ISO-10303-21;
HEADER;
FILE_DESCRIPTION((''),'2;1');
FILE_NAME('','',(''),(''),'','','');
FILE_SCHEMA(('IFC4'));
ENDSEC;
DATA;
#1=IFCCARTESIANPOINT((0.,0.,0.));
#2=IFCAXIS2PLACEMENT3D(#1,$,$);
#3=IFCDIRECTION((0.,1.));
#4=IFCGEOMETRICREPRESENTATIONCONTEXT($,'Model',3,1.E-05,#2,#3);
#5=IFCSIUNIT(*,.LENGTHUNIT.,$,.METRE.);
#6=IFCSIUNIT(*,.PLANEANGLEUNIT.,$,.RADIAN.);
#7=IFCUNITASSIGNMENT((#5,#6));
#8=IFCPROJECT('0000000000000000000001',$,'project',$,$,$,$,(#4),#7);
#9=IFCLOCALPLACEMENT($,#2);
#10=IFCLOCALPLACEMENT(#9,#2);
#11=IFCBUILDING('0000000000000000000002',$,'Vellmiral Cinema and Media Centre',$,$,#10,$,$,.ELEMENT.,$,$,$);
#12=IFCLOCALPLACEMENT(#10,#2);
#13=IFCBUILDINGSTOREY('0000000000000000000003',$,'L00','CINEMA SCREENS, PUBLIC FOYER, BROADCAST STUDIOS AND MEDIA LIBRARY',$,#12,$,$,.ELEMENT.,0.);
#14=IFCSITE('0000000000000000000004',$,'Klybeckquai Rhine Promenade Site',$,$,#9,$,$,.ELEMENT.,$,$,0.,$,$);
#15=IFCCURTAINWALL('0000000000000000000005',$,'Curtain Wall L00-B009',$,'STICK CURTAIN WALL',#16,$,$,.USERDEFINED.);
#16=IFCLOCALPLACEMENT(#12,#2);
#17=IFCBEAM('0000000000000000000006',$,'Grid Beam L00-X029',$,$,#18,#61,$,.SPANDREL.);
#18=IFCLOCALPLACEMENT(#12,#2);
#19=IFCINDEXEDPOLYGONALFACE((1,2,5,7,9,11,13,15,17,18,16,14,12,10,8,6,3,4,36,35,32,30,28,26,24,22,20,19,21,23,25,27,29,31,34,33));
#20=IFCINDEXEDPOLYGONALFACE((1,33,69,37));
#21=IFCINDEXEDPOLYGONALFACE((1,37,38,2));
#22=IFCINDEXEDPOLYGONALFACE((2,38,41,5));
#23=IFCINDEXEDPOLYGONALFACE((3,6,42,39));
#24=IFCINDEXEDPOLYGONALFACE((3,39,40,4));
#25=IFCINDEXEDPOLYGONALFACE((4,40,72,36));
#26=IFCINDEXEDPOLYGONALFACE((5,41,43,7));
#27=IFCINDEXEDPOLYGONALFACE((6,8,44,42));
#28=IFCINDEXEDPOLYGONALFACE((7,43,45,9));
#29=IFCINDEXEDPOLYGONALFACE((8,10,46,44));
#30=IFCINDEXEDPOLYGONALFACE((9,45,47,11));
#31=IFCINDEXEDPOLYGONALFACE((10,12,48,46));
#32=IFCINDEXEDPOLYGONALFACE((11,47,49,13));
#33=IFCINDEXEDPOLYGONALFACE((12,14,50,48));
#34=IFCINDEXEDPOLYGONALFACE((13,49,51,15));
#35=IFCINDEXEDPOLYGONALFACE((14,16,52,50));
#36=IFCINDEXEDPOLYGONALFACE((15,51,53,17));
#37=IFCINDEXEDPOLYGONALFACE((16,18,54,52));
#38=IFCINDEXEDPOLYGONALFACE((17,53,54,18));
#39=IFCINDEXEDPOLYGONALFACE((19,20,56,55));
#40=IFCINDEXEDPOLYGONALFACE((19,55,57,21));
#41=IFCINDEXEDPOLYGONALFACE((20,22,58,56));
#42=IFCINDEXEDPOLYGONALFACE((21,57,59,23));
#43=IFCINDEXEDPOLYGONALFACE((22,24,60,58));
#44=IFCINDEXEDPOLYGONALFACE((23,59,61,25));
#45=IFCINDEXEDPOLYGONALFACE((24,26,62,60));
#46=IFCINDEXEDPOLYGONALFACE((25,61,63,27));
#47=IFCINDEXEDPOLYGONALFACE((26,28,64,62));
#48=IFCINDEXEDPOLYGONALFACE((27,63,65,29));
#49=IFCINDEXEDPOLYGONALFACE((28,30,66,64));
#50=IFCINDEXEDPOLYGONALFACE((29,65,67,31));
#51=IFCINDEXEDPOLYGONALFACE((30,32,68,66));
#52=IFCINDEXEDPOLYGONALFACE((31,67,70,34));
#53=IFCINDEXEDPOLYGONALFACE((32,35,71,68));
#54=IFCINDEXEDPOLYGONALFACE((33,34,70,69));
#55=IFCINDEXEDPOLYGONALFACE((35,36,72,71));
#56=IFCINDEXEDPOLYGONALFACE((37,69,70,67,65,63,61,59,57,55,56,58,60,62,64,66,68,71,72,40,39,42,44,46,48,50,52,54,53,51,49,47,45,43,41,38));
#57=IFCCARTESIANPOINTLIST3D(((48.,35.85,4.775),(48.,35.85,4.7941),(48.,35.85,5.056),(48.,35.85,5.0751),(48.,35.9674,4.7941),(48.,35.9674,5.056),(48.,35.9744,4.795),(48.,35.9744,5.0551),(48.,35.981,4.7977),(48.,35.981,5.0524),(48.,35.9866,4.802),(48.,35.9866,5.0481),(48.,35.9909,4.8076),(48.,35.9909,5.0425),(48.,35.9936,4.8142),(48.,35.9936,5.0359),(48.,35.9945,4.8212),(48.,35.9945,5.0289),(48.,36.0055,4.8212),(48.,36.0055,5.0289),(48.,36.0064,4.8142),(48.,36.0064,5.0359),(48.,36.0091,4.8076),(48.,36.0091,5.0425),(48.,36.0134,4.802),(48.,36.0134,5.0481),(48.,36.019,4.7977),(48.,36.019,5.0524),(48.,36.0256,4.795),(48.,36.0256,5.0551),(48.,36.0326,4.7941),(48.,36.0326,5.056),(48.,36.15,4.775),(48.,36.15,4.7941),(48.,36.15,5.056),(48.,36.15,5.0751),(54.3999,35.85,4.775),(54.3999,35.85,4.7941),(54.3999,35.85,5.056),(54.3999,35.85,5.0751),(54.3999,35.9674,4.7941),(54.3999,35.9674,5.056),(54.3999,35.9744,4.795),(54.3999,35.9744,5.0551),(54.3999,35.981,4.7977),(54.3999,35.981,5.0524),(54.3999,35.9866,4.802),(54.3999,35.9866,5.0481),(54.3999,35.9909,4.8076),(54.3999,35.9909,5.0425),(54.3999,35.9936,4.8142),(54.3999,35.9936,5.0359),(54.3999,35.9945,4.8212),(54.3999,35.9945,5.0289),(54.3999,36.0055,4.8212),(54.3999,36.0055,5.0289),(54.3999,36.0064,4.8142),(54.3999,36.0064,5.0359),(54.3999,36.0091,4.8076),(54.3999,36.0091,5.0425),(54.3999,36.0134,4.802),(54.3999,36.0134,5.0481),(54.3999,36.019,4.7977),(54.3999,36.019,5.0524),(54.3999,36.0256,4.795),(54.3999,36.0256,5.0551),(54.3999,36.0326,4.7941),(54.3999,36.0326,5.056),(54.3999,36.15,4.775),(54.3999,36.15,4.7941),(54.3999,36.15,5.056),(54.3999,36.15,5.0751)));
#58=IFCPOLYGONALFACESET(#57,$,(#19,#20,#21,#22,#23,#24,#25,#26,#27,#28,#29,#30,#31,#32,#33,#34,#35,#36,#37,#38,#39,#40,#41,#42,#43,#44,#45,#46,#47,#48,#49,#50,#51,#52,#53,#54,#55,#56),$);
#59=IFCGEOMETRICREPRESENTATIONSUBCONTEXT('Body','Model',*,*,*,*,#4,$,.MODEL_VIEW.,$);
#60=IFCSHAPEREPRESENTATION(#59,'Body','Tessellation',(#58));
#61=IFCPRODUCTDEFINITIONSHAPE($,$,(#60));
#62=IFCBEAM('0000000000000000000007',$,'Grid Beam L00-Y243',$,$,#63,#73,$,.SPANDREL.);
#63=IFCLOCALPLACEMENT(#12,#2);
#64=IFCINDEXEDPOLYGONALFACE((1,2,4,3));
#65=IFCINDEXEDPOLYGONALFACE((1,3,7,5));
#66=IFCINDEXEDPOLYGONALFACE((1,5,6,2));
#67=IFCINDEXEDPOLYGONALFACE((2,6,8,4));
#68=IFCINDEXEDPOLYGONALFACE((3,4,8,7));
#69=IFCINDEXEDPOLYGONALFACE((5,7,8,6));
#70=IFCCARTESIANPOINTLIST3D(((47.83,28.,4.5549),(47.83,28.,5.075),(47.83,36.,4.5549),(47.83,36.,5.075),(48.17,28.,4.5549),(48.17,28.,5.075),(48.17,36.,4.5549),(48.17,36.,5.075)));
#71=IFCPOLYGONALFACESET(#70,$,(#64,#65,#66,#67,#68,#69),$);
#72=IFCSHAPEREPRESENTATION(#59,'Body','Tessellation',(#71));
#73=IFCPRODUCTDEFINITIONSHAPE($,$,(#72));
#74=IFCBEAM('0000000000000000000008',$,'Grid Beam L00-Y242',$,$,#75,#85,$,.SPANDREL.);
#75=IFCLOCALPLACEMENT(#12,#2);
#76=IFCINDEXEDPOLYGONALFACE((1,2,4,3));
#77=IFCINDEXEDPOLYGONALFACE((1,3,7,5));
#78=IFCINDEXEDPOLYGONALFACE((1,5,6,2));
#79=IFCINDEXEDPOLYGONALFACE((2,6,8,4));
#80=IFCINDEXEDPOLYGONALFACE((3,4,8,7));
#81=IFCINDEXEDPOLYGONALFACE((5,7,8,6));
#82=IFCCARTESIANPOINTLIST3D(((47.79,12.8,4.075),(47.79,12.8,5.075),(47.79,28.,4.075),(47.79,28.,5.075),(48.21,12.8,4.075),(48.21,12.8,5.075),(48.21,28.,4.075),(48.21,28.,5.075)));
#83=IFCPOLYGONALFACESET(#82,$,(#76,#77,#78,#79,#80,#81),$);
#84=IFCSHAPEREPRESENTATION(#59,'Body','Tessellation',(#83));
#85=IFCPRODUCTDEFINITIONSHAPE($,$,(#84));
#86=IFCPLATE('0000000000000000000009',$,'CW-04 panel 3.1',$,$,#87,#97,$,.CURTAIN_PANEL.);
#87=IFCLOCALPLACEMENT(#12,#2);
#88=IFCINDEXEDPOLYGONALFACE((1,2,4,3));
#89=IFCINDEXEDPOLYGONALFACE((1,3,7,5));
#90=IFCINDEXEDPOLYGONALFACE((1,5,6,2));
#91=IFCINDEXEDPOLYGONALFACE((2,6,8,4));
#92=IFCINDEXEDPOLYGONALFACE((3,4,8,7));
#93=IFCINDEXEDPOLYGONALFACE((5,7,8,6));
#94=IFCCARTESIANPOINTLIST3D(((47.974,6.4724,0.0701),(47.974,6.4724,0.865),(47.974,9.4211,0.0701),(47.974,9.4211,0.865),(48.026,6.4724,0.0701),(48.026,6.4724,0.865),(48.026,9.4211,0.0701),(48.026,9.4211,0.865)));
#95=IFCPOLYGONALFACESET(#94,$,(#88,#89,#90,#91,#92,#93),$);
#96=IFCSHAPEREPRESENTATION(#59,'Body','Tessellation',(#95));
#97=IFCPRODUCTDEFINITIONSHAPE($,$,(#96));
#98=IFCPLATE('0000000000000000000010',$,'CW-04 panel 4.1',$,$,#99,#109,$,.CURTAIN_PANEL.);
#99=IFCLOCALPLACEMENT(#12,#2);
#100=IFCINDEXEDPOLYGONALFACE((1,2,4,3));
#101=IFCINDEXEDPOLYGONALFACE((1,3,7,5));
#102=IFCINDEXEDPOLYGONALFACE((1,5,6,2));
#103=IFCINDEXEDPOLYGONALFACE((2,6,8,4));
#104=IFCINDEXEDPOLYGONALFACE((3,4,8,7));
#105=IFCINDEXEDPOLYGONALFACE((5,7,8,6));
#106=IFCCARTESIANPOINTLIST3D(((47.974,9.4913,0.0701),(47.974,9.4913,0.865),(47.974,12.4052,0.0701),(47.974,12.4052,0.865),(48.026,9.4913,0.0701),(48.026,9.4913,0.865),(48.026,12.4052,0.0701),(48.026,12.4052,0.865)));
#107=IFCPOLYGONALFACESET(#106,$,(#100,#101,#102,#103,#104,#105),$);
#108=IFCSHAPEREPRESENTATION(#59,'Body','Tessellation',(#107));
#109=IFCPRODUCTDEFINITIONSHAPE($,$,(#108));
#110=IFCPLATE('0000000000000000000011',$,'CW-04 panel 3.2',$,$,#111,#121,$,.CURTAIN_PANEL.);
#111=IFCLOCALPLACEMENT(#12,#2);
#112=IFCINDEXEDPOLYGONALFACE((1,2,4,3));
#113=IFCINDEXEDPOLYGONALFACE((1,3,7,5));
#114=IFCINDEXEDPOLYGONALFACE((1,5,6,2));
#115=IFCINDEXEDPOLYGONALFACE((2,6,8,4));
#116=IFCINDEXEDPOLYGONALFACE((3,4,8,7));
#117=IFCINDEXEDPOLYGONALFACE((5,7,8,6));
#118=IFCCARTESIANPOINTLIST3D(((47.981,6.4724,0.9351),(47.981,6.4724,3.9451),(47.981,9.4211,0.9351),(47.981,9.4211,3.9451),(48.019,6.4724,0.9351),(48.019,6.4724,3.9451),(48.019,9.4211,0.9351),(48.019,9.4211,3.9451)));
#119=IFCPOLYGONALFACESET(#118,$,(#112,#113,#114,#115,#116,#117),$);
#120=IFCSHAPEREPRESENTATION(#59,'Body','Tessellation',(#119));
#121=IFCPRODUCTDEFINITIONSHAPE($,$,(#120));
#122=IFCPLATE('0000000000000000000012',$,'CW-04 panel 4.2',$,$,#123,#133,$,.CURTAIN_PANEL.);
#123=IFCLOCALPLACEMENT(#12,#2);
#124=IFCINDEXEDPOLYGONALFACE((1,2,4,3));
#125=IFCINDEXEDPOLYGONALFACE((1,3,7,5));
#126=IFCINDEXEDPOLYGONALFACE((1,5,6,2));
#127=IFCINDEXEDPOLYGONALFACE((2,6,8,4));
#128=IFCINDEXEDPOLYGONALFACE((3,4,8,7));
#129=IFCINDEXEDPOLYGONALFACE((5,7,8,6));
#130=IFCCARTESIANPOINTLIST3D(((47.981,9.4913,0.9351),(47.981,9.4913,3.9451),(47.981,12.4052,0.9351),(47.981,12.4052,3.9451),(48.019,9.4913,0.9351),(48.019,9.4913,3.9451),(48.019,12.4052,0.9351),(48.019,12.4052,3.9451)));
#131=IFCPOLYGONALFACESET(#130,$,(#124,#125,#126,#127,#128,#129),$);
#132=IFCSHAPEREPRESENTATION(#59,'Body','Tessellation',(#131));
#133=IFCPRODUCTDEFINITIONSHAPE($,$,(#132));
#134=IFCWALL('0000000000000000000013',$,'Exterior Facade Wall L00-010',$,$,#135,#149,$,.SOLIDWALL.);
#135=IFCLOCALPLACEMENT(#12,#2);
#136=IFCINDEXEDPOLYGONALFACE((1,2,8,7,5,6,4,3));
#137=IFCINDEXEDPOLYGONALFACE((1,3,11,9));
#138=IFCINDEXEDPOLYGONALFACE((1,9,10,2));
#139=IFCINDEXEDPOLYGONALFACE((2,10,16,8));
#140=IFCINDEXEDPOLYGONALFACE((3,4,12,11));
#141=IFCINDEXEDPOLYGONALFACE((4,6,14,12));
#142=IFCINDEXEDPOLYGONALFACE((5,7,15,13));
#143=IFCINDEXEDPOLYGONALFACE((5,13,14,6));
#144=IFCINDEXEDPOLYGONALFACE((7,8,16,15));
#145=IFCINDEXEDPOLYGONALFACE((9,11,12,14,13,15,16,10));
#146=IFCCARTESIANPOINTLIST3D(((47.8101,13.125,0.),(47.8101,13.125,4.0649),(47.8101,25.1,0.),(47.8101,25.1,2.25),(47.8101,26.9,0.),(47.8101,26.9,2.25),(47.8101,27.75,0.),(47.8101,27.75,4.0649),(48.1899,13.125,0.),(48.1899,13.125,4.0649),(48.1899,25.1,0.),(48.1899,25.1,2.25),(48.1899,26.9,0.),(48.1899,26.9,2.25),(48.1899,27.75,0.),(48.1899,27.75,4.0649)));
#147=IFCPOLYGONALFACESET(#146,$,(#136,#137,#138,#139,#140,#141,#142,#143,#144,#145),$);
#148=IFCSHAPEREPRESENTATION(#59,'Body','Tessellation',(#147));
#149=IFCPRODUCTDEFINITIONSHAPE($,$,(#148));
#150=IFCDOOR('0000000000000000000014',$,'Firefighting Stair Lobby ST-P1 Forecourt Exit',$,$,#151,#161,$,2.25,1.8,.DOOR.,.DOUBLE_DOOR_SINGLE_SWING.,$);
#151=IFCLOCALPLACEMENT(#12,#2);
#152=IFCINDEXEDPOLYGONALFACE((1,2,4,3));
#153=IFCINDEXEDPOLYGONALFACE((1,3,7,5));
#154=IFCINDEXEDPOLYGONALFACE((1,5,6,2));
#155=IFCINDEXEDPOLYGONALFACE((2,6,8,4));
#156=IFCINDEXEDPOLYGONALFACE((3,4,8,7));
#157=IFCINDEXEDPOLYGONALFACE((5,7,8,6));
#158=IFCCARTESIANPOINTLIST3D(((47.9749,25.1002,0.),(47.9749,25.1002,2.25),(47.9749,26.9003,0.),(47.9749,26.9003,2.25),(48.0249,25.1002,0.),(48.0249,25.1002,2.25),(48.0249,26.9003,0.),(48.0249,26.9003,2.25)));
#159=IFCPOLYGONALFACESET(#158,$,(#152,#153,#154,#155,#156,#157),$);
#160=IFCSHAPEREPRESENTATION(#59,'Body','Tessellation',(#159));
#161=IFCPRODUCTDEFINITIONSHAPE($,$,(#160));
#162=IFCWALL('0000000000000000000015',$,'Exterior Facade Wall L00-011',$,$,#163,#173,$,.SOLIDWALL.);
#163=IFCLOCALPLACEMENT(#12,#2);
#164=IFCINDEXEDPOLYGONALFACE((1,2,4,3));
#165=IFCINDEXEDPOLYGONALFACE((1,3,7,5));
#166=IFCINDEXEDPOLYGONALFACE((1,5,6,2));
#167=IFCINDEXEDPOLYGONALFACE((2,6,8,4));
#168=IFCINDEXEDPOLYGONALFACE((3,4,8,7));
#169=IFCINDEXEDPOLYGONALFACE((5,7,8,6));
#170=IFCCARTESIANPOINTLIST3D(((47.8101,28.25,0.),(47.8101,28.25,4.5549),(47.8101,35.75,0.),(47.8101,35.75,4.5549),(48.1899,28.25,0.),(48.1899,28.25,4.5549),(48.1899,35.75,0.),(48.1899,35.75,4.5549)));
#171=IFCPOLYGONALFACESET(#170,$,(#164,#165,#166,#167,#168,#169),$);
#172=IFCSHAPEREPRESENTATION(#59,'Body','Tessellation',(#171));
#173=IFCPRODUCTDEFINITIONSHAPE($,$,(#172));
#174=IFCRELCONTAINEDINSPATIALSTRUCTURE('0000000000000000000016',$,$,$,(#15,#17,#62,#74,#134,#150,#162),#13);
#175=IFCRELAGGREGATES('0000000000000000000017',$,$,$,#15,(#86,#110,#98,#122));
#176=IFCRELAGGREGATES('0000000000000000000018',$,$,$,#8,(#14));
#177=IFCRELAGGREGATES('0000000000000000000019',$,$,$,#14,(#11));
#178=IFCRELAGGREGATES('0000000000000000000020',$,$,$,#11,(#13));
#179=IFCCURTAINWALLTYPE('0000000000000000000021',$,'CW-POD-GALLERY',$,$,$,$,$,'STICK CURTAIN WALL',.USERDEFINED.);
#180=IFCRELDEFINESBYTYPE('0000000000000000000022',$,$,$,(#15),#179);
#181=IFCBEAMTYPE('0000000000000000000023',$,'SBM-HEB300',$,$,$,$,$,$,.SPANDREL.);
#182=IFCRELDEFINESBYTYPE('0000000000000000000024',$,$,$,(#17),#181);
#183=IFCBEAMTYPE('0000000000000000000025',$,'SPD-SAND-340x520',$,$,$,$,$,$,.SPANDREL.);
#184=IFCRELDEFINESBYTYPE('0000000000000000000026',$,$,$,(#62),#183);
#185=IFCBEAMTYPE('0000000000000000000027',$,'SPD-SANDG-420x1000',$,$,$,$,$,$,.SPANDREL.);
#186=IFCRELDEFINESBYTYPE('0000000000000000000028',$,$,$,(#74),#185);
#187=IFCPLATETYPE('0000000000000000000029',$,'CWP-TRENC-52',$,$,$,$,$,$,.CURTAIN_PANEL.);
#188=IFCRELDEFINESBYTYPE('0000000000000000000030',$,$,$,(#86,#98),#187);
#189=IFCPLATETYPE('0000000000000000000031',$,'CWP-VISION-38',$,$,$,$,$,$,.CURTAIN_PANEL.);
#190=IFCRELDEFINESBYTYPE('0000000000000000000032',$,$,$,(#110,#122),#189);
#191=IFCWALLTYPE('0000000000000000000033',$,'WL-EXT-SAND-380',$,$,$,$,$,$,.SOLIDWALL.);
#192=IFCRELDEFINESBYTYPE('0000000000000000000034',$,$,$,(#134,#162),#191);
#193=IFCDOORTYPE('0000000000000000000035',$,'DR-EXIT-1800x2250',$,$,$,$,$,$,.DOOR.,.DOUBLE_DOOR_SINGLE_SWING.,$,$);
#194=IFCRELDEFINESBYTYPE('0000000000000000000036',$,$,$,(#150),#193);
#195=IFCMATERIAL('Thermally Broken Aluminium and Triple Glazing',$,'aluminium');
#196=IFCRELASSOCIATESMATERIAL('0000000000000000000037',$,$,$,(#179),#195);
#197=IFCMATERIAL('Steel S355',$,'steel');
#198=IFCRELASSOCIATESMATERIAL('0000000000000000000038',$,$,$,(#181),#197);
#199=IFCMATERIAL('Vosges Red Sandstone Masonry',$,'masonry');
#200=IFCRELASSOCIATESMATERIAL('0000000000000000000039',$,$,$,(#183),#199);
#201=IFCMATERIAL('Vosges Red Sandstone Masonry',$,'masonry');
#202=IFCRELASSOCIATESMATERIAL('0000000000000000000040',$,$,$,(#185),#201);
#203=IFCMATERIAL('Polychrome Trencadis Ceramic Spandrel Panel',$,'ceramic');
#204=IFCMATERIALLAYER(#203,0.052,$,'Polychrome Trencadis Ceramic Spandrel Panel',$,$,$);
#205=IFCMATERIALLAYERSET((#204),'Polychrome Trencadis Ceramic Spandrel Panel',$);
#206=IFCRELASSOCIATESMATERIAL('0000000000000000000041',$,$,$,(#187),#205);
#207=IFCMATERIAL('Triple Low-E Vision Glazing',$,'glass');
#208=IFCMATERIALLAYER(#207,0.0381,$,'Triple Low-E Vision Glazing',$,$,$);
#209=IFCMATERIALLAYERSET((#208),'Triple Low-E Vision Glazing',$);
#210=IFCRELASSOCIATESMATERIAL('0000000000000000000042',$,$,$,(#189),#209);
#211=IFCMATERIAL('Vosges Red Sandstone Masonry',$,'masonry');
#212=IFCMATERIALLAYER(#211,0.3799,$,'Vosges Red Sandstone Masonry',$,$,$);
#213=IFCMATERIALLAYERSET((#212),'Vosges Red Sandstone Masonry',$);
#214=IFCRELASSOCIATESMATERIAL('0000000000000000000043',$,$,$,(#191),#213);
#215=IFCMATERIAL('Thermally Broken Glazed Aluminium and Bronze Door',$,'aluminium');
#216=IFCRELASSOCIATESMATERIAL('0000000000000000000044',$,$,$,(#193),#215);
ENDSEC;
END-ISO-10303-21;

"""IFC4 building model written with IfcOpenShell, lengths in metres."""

from ifc_helpers import new_model, si_unit, direction, frame, frame_2d, origin, origin_2d, place, context, subcontext, project, spatial, rectangle, i_section, extrude, material, layer, layer_set, material_profile, profile_set, type_object, element, fill, aggregate, save


model = new_model("IFC4")

# Units and contexts
model_context = context("Model", 3, precision=1e-05, world=origin(), true_north=direction((0.0, 1.0)))
body_context = subcontext(model_context, "Body", "Model", "MODEL_VIEW")
ifc_project = project(units=[si_unit("LENGTHUNIT", "METRE"), si_unit("PLANEANGLEUNIT", "RADIAN")], contexts=[model_context])

# Site, building, storey
site_placement = place(None, origin())
site = spatial("IfcSite", under=ifc_project, at=site_placement, Name="Klybeckquai Rhine Promenade Site", CompositionType="ELEMENT", RefElevation=0.0)
building_placement = place(site_placement, origin())
building = spatial("IfcBuilding", under=site, at=building_placement, Name="Vellmiral Cinema and Media Centre", CompositionType="ELEMENT")
storey_placement = place(building_placement, origin())
storey = spatial("IfcBuildingStorey", under=building, at=storey_placement, Name="L00", Description="CINEMA SCREENS, PUBLIC FOYER, BROADCAST STUDIOS AND MEDIA LIBRARY", CompositionType="ELEMENT", Elevation=0.0)

# Curtain wall
ifc_material_1 = material(Name="Thermally Broken Aluminium and Triple Glazing", Category="aluminium")
curtain_wall_type = type_object("IfcCurtainWallType", Name="CW-POD-GALLERY", ElementType="STICK CURTAIN WALL", PredefinedType="USERDEFINED", material=ifc_material_1)
curtain_wall_placement = place(storey_placement, origin())
curtain_wall = element("IfcCurtainWall", 1, at=curtain_wall_placement, inside=storey, type_object=curtain_wall_type, Name="Curtain Wall L00-B009", ObjectType="STICK CURTAIN WALL", PredefinedType="USERDEFINED")

# Beams
ifc_material_2 = material(Name="Steel S355", Category="steel")
ifc_material_profile_1 = material_profile(ifc_material_2, i_section(OverallWidth=0.3, OverallDepth=0.3, WebThickness=0.011, FlangeThickness=0.019, FilletRadius=0.0271, at=origin_2d()), Name="HEB 300")
ifc_profile_set_1 = profile_set([ifc_material_profile_1], Name="Steel S355")
beam_type_1 = type_object("IfcBeamType", Name="SBM-HEB300", PredefinedType="SPANDREL", material=ifc_profile_set_1)
beam_1_placement = place(storey_placement, frame((48.0, 36.0, 4.925), z_axis=(1.0, 0.0, 0.0), x_axis=(0.0, 1.0, 0.0)))
element("IfcBeam", 2, at=beam_1_placement, inside=storey, type_object=beam_type_1, Name="Grid Beam L00-X029", PredefinedType="SPANDREL", context=body_context, shape_type="SweptSolid", body=[
    extrude(i_section(OverallWidth=0.3, OverallDepth=0.3, WebThickness=0.011, FlangeThickness=0.019, FilletRadius=0.0271, at=origin_2d()), origin(), (0.0, 0.0, 1.0), 6.3999),
])
ifc_material_3 = material(Name="Vosges Red Sandstone Masonry", Category="masonry")
ifc_material_profile_2 = material_profile(ifc_material_3, rectangle(XDim=0.3401, YDim=0.52, at=origin_2d()), Name="SAND 340x520")
ifc_profile_set_2 = profile_set([ifc_material_profile_2], Name="Vosges Red Sandstone Masonry")
beam_type_2 = type_object("IfcBeamType", Name="SPD-SAND-340x520", PredefinedType="SPANDREL", material=ifc_profile_set_2)
beam_2_placement = place(storey_placement, frame((48.0, 28.0, 4.8149), z_axis=(0.0, 1.0, 0.0), x_axis=(-1.0, 0.0, 0.0)))
element("IfcBeam", 3, at=beam_2_placement, inside=storey, type_object=beam_type_2, Name="Grid Beam L00-Y243", PredefinedType="SPANDREL", context=body_context, shape_type="SweptSolid", body=[
    extrude(rectangle(XDim=0.3401, YDim=0.52, at=origin_2d()), origin(), (0.0, 0.0, 1.0), 8.0),
])
ifc_material_4 = material(Name="Vosges Red Sandstone Masonry", Category="masonry")
ifc_material_profile_3 = material_profile(ifc_material_4, rectangle(XDim=0.4199, YDim=1.0, at=origin_2d()), Name="SAND 420x1000")
ifc_profile_set_3 = profile_set([ifc_material_profile_3], Name="Vosges Red Sandstone Masonry")
beam_type_3 = type_object("IfcBeamType", Name="SPD-SANDG-420x1000", PredefinedType="SPANDREL", material=ifc_profile_set_3)
beam_3_placement = place(storey_placement, frame((48.0, 12.8, 4.575), z_axis=(0.0, 1.0, 0.0), x_axis=(-1.0, 0.0, 0.0)))
element("IfcBeam", 4, at=beam_3_placement, inside=storey, type_object=beam_type_3, Name="Grid Beam L00-Y242", PredefinedType="SPANDREL", context=body_context, shape_type="SweptSolid", body=[
    extrude(rectangle(XDim=0.4199, YDim=1.0, at=origin_2d()), origin(), (0.0, 0.0, 1.0), 15.2),
])

# Plates
ifc_material_5 = material(Name="Polychrome Trencadis Ceramic Spandrel Panel", Category="ceramic")
ifc_layer_1 = layer(ifc_material_5, 0.052, Name="Polychrome Trencadis Ceramic Spandrel Panel")
ifc_layer_set_1 = layer_set([ifc_layer_1], Name="Polychrome Trencadis Ceramic Spandrel Panel")
plate_type_1 = type_object("IfcPlateType", Name="CWP-TRENC-52", PredefinedType="CURTAIN_PANEL", material=ifc_layer_set_1)
plate_1_placement = place(storey_placement, frame((48.0, 7.9468, 0.0701), z_axis=(0.0, 0.0, 1.0), x_axis=(0.0, 1.0, 0.0)))
plate_1 = element("IfcPlate", 5, at=plate_1_placement, type_object=plate_type_1, Name="CW-04 panel 3.1", PredefinedType="CURTAIN_PANEL", context=body_context, shape_type="SweptSolid", body=[
    extrude(rectangle(XDim=2.9487, YDim=0.052, at=origin_2d()), origin(), (0.0, 0.0, 1.0), 0.7949),
])
plate_2_placement = place(storey_placement, frame((48.0, 10.9482, 0.0701), z_axis=(0.0, 0.0, 1.0), x_axis=(0.0, 1.0, 0.0)))
plate_2 = element("IfcPlate", 6, at=plate_2_placement, type_object=plate_type_1, Name="CW-04 panel 4.1", PredefinedType="CURTAIN_PANEL", context=body_context, shape_type="SweptSolid", body=[
    extrude(rectangle(XDim=2.9138, YDim=0.052, at=origin_2d()), origin(), (0.0, 0.0, 1.0), 0.7949),
])
ifc_material_6 = material(Name="Triple Low-E Vision Glazing", Category="glass")
ifc_layer_2 = layer(ifc_material_6, 0.0381, Name="Triple Low-E Vision Glazing")
ifc_layer_set_2 = layer_set([ifc_layer_2], Name="Triple Low-E Vision Glazing")
plate_type_2 = type_object("IfcPlateType", Name="CWP-VISION-38", PredefinedType="CURTAIN_PANEL", material=ifc_layer_set_2)
plate_3_placement = place(storey_placement, frame((48.0, 7.9468, 0.9351), z_axis=(0.0, 0.0, 1.0), x_axis=(0.0, 1.0, 0.0)))
plate_3 = element("IfcPlate", 7, at=plate_3_placement, type_object=plate_type_2, Name="CW-04 panel 3.2", PredefinedType="CURTAIN_PANEL", context=body_context, shape_type="SweptSolid", body=[
    extrude(rectangle(XDim=2.9487, YDim=0.0381, at=origin_2d()), origin(), (0.0, 0.0, 1.0), 3.01),
])
plate_4_placement = place(storey_placement, frame((48.0, 10.9482, 0.9351), z_axis=(0.0, 0.0, 1.0), x_axis=(0.0, 1.0, 0.0)))
plate_4 = element("IfcPlate", 8, at=plate_4_placement, type_object=plate_type_2, Name="CW-04 panel 4.2", PredefinedType="CURTAIN_PANEL", context=body_context, shape_type="SweptSolid", body=[
    extrude(rectangle(XDim=2.9138, YDim=0.0381, at=origin_2d()), origin(), (0.0, 0.0, 1.0), 3.01),
])
aggregate(curtain_wall, [plate_1, plate_3, plate_2, plate_4])

# Wall, opening, door
ifc_material_7 = material(Name="Vosges Red Sandstone Masonry", Category="masonry")
ifc_layer_3 = layer(ifc_material_7, 0.3799, Name="Vosges Red Sandstone Masonry")
ifc_layer_set_3 = layer_set([ifc_layer_3], Name="Vosges Red Sandstone Masonry")
wall_type = type_object("IfcWallType", Name="WL-EXT-SAND-380", PredefinedType="SOLIDWALL", material=ifc_layer_set_3)
wall_1_placement = place(storey_placement, frame((48.0, 13.125, 0.0), z_axis=(0.0, 0.0, 1.0), x_axis=(0.0, 1.0, 0.0)))
wall_1 = element("IfcWall", 9, at=wall_1_placement, inside=storey, type_object=wall_type, Name="Exterior Facade Wall L00-010", PredefinedType="SOLIDWALL", context=body_context, shape_type="SweptSolid", body=[
    extrude(rectangle(XDim=14.625, YDim=0.3799, at=frame_2d((7.3125, 0.0))), origin(), (0.0, 0.0, 1.0), 4.0649),
])
opening_placement = place(wall_1_placement, frame((11.9751, 0.0, 0.0)))
opening = element("IfcOpeningElement", 10, at=opening_placement, cuts=wall_1, PredefinedType="OPENING", context=body_context, shape_type="SweptSolid", body=[
    extrude(rectangle(XDim=1.8, YDim=2.25, at=frame_2d((0.8999, 1.125))), frame((0.0, 0.2019, 0.0), z_axis=(0.0, -1.0, 0.0), x_axis=(1.0, 0.0, 0.0)), (0.0, 0.0, 1.0), 0.4038),
])
ifc_material_8 = material(Name="Thermally Broken Glazed Aluminium and Bronze Door", Category="aluminium")
door_type = type_object("IfcDoorType", Name="DR-EXIT-1800x2250", OperationType="DOUBLE_DOOR_SINGLE_SWING", PredefinedType="DOOR", material=ifc_material_8)
door_placement = place(opening_placement, frame((1.8, 0.0, 0.0), z_axis=(0.0, 0.0, 1.0), x_axis=(-1.0, 0.0, 0.0)))
door = element("IfcDoor", 11, at=door_placement, inside=storey, type_object=door_type, Name="Firefighting Stair Lobby ST-P1 Forecourt Exit", OperationType="DOUBLE_DOOR_SINGLE_SWING", OverallHeight=2.25, OverallWidth=1.8, PredefinedType="DOOR", context=body_context, shape_type="SweptSolid", body=[
    extrude(rectangle(XDim=1.8, YDim=2.25, at=frame_2d((0.8999, 1.125))), frame((0.0, 0.0249, 0.0), z_axis=(0.0, -1.0, 0.0), x_axis=(1.0, 0.0, 0.0)), (0.0, 0.0, 1.0), 0.05),
])
fill(opening, door)

# Wall
wall_2_placement = place(storey_placement, frame((48.0, 28.25, 0.0), z_axis=(0.0, 0.0, 1.0), x_axis=(0.0, 1.0, 0.0)))
element("IfcWall", 12, at=wall_2_placement, inside=storey, type_object=wall_type, Name="Exterior Facade Wall L00-011", PredefinedType="SOLIDWALL", context=body_context, shape_type="SweptSolid", body=[
    extrude(rectangle(XDim=7.5, YDim=0.3799, at=frame_2d((3.75, 0.0))), origin(), (0.0, 0.0, 1.0), 4.5549),
])

save(model, "model.ifc")
